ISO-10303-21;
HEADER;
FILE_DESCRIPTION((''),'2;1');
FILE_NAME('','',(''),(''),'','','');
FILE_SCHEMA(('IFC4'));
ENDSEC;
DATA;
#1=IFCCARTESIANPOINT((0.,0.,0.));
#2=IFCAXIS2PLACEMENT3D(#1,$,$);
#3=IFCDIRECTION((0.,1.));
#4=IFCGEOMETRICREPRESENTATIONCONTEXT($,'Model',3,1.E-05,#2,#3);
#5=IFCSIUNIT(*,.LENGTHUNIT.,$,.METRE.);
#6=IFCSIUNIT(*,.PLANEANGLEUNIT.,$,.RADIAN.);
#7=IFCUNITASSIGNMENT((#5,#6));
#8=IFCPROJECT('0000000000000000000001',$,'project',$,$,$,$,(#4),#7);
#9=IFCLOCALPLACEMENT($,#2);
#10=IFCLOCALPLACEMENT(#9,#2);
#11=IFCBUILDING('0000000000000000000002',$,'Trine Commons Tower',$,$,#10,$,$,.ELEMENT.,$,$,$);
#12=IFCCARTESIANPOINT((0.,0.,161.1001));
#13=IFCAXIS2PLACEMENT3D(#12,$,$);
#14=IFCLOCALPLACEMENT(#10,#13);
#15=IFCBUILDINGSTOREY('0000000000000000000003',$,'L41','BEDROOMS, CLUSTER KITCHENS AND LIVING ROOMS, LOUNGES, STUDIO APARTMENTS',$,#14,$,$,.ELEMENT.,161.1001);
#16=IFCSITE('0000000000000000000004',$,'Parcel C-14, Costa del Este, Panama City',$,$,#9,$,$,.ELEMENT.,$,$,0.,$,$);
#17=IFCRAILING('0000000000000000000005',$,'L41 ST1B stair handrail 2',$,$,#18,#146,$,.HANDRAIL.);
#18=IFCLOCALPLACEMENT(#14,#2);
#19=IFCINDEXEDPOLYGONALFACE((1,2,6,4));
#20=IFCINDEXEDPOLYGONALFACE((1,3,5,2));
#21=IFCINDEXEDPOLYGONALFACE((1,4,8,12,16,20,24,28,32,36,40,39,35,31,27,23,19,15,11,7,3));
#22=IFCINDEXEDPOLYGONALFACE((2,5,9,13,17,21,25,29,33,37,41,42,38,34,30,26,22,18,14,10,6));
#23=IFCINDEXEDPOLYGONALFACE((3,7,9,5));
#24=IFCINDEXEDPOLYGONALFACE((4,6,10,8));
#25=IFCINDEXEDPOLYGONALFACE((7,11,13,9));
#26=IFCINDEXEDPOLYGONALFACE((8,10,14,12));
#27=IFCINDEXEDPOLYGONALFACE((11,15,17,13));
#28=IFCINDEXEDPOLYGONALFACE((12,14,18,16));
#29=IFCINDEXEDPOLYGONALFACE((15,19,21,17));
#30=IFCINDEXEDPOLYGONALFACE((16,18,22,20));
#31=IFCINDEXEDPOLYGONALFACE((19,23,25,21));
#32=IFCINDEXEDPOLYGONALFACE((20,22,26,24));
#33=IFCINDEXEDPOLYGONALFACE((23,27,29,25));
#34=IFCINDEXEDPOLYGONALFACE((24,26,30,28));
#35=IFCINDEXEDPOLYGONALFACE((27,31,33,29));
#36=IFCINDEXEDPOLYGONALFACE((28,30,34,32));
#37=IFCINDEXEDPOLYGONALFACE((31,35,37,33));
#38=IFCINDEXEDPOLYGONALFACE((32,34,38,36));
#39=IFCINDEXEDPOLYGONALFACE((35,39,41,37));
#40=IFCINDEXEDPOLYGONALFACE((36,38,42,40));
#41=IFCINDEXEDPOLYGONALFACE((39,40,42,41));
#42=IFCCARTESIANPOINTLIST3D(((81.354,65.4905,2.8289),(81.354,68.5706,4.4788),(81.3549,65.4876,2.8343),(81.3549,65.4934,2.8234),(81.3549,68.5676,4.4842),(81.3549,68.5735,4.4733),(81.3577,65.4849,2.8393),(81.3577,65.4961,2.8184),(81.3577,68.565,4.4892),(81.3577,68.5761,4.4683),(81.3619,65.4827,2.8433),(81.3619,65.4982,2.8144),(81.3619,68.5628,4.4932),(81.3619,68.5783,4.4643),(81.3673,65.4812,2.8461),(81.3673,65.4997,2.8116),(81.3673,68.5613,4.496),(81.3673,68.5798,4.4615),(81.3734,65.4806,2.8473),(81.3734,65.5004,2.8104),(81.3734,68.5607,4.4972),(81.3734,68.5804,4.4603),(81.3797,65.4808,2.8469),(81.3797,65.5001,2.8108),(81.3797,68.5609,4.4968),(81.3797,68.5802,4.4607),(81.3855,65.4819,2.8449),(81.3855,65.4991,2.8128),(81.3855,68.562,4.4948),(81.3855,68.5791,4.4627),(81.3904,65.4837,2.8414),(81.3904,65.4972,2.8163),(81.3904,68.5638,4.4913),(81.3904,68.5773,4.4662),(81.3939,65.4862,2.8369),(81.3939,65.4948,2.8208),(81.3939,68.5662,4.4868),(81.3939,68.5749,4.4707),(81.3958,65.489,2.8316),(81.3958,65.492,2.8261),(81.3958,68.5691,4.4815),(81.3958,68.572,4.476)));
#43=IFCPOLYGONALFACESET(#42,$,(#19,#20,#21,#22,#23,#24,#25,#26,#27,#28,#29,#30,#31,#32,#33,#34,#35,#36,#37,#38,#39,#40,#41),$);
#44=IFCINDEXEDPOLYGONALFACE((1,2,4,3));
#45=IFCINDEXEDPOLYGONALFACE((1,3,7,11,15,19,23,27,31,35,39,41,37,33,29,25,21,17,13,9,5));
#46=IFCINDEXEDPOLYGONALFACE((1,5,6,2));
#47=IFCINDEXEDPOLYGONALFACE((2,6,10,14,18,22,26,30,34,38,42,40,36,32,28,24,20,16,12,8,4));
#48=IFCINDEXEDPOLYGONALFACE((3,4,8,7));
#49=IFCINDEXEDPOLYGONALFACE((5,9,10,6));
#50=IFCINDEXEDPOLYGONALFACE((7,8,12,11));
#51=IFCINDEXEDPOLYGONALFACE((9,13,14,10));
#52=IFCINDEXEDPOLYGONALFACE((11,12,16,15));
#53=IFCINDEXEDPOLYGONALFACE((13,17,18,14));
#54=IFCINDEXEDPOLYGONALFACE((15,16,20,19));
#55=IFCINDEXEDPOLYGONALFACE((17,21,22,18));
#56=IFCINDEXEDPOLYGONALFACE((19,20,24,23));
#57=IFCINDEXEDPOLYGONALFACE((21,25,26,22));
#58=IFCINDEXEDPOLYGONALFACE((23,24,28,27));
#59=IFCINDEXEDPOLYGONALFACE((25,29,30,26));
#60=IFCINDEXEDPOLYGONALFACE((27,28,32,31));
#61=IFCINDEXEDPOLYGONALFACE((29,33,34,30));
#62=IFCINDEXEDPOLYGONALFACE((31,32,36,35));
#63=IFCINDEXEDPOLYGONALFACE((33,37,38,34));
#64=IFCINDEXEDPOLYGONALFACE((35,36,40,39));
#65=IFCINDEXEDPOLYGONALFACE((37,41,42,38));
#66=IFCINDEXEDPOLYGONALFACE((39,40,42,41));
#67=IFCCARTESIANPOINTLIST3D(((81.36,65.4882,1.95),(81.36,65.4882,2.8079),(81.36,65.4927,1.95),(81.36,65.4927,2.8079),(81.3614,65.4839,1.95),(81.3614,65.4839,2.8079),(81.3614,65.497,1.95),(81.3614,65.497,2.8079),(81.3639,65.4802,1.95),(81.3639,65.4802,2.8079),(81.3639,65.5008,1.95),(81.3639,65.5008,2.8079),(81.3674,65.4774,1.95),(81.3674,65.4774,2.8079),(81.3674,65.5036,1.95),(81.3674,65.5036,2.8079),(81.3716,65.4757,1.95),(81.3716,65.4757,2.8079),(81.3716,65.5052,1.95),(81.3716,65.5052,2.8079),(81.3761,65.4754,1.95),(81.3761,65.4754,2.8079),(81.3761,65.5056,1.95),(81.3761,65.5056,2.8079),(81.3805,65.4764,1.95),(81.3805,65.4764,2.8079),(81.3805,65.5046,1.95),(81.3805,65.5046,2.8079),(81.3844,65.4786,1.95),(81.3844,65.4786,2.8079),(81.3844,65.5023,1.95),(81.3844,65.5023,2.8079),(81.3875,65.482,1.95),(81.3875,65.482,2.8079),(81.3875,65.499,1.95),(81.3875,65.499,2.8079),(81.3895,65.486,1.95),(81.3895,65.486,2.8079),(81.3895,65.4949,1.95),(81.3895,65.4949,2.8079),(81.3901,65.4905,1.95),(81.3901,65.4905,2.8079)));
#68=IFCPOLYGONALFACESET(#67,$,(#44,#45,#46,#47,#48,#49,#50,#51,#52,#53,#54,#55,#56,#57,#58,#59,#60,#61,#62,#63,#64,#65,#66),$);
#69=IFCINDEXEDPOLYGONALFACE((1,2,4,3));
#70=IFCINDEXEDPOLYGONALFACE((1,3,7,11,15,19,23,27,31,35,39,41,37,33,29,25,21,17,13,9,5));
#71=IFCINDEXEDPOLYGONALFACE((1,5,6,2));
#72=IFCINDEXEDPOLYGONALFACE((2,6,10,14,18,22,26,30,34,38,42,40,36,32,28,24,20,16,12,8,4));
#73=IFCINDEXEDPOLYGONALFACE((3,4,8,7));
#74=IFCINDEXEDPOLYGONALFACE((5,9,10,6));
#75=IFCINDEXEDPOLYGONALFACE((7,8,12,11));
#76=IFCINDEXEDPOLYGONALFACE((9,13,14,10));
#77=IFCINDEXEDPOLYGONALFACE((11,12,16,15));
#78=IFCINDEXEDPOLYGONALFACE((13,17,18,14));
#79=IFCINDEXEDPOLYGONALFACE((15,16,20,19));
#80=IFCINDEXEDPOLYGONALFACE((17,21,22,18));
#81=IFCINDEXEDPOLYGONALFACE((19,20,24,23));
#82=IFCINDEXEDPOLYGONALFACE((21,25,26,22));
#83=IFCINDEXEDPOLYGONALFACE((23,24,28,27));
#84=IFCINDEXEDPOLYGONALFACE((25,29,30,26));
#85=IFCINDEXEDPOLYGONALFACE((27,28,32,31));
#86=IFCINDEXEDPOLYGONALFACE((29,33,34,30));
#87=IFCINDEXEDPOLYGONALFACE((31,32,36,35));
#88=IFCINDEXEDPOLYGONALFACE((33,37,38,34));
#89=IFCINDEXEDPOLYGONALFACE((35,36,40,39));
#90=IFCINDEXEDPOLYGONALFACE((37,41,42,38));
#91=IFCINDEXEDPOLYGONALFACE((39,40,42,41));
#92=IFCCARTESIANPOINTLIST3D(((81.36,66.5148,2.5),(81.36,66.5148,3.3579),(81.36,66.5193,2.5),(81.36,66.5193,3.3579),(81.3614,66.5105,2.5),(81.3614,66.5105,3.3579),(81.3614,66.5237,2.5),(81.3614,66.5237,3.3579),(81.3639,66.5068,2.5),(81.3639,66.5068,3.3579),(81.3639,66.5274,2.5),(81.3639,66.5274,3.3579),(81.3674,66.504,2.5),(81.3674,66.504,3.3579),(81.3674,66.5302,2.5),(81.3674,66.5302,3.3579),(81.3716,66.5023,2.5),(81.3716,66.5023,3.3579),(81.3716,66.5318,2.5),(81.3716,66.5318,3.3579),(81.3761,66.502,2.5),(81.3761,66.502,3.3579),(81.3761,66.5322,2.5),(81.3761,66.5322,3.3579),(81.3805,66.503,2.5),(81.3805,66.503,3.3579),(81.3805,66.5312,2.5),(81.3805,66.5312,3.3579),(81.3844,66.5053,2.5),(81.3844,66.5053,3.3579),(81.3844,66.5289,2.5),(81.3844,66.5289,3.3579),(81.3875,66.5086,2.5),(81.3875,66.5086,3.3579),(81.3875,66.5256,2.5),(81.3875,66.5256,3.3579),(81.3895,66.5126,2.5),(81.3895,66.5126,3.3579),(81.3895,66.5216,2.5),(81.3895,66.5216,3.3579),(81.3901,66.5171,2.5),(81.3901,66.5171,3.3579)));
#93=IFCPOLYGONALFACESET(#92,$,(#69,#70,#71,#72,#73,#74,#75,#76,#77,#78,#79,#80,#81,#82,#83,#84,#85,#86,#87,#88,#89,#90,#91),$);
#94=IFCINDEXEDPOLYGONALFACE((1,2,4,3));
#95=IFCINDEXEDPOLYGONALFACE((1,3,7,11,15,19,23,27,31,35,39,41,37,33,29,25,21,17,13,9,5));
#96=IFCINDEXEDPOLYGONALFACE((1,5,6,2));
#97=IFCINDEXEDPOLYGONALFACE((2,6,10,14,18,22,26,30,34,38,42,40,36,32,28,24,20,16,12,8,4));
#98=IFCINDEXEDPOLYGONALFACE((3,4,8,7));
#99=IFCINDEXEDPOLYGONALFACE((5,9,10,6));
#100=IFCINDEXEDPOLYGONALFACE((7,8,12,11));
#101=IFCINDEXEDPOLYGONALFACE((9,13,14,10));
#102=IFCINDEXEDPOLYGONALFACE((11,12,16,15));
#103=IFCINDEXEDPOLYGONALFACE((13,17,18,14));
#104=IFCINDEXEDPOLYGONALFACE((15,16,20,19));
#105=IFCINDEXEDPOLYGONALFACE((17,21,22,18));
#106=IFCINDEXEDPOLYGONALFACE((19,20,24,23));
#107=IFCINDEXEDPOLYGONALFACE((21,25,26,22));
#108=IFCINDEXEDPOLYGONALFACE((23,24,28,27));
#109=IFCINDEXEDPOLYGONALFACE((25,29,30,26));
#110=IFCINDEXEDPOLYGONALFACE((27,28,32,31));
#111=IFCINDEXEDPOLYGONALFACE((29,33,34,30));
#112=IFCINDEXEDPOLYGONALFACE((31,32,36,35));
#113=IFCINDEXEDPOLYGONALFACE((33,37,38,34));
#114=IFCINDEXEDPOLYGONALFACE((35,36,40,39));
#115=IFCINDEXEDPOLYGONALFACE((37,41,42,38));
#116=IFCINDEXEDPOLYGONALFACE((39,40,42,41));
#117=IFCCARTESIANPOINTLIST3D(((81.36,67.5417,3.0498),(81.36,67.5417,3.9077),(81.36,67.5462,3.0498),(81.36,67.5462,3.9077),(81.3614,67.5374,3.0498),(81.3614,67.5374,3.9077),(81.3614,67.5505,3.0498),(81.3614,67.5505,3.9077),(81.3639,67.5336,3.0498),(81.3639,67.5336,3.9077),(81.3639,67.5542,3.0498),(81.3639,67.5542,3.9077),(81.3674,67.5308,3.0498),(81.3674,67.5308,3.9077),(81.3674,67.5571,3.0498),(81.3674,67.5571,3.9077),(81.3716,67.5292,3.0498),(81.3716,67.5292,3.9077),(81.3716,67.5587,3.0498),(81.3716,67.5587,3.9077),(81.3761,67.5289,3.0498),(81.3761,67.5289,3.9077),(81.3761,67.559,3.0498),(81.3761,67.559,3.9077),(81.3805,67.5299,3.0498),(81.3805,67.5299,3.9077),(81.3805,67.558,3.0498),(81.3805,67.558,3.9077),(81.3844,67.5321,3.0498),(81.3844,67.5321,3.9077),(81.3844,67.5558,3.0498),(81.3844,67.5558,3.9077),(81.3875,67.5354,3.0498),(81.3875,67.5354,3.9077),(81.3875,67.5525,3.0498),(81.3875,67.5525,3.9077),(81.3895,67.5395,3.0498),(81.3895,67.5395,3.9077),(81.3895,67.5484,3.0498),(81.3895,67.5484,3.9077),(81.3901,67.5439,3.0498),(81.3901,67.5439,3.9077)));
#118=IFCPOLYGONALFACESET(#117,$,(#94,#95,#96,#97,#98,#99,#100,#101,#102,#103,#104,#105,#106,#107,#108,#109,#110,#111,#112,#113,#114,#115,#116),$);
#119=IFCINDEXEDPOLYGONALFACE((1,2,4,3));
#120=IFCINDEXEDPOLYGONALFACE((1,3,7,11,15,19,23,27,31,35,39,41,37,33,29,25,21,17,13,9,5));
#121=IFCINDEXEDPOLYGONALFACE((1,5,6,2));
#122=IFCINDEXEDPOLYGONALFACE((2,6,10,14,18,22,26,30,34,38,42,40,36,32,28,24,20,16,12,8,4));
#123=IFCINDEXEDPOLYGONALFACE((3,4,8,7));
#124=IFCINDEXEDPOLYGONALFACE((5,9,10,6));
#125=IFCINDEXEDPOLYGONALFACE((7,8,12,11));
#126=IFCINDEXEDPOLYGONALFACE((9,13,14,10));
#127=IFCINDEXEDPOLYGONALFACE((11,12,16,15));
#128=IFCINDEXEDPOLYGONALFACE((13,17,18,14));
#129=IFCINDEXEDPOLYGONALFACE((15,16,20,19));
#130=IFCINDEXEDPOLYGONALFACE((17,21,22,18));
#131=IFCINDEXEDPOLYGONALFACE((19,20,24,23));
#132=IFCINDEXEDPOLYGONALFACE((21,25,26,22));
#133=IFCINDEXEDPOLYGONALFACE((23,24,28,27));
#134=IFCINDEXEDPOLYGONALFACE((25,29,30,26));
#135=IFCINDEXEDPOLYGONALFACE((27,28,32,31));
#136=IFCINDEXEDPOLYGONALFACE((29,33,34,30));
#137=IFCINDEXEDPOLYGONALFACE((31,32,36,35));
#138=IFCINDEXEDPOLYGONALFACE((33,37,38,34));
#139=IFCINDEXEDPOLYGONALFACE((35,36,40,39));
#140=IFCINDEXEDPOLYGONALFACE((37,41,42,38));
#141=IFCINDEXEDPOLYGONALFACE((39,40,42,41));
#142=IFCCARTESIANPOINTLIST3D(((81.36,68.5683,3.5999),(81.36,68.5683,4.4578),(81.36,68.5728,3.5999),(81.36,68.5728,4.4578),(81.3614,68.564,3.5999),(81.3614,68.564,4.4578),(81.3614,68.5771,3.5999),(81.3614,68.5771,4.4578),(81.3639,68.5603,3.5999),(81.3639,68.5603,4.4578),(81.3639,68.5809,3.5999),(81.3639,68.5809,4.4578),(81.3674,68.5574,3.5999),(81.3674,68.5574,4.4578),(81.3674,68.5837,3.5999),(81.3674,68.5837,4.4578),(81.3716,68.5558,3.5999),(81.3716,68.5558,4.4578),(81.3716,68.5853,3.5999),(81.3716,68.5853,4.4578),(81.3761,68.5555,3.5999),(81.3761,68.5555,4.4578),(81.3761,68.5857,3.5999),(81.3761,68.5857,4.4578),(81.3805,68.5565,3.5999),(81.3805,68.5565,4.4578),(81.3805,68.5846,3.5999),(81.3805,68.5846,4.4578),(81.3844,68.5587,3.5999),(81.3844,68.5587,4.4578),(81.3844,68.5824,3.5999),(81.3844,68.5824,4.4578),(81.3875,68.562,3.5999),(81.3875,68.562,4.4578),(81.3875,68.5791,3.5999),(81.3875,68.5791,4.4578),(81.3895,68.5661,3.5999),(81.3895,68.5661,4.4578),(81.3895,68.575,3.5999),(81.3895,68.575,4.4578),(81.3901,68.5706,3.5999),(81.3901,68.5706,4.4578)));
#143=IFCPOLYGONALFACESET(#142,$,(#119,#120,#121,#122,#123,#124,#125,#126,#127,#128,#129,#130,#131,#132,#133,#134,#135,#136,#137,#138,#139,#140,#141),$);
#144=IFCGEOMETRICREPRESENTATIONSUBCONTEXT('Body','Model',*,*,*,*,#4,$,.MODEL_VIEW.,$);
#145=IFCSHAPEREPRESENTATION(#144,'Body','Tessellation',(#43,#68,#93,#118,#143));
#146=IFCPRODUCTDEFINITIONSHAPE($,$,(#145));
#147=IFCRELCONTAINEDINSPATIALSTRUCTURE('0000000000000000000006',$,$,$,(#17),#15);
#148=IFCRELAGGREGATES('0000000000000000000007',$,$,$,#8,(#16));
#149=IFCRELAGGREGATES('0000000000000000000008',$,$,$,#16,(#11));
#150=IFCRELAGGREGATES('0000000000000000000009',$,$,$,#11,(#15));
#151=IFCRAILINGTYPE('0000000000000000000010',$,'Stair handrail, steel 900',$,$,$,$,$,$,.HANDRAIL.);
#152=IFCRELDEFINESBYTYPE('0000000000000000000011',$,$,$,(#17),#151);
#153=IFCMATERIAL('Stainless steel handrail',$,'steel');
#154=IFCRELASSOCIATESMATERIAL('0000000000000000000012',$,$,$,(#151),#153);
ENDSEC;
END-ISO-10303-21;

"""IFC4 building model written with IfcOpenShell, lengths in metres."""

from ifc_helpers import new_model, si_unit, direction, frame, origin, origin_2d, place, context, subcontext, project, spatial, circle, extrude, material, type_object, element, save


model = new_model("IFC4")

# Units and contexts
model_context = context("Model", 3, precision=1e-05, world=origin(), true_north=direction((0.0, 1.0)))
body_context = subcontext(model_context, "Body", "Model", "MODEL_VIEW")
ifc_project = project(units=[si_unit("LENGTHUNIT", "METRE"), si_unit("PLANEANGLEUNIT", "RADIAN")], contexts=[model_context])

# Site, building, storey
site_placement = place(None, origin())
site = spatial("IfcSite", under=ifc_project, at=site_placement, Name="Parcel C-14, Costa del Este, Panama City", CompositionType="ELEMENT", RefElevation=0.0)
building_placement = place(site_placement, origin())
building = spatial("IfcBuilding", under=site, at=building_placement, Name="Trine Commons Tower", CompositionType="ELEMENT")
storey_placement = place(building_placement, frame((0.0, 0.0, 161.1001)))
storey = spatial("IfcBuildingStorey", under=building, at=storey_placement, Name="L41", Description="BEDROOMS, CLUSTER KITCHENS AND LIVING ROOMS, LOUNGES, STUDIO APARTMENTS", CompositionType="ELEMENT", Elevation=161.1001)

# Railing
ifc_material_1 = material(Name="Stainless steel handrail", Category="steel")
railing_type_1 = type_object("IfcRailingType", Name="Stair handrail, steel 900", PredefinedType="HANDRAIL", material=ifc_material_1)
railing_1_placement = place(storey_placement, frame((81.375, 65.4905, 1.95)))
element("IfcRailing", 1, at=railing_1_placement, inside=storey, type_object=railing_type_1, Name="L41 ST1B stair handrail 2", PredefinedType="HANDRAIL", context=body_context, shape_type="SweptSolid", body=[
    extrude(circle(Radius=0.021, at=origin_2d()), frame((0.0, 0.0, 0.8789), z_axis=(0.0, 0.881497, 0.47219), x_axis=(-1.0, 0.0, 0.0)), (0.0, 0.0, 1.0), 3.4941),
    extrude(circle(Radius=0.0151, at=origin_2d()), origin(), (0.0, 0.0, 1.0), 0.8579),
    extrude(circle(Radius=0.0151, at=origin_2d()), frame((0.0, 1.0266, 0.55)), (0.0, 0.0, 1.0), 0.8579),
    extrude(circle(Radius=0.0151, at=origin_2d()), frame((0.0, 2.0535, 1.0999)), (0.0, 0.0, 1.0), 0.8579),
    extrude(circle(Radius=0.0151, at=origin_2d()), frame((0.0, 3.0801, 1.6499)), (0.0, 0.0, 1.0), 0.8579),
])

save(model, "model.ifc")
